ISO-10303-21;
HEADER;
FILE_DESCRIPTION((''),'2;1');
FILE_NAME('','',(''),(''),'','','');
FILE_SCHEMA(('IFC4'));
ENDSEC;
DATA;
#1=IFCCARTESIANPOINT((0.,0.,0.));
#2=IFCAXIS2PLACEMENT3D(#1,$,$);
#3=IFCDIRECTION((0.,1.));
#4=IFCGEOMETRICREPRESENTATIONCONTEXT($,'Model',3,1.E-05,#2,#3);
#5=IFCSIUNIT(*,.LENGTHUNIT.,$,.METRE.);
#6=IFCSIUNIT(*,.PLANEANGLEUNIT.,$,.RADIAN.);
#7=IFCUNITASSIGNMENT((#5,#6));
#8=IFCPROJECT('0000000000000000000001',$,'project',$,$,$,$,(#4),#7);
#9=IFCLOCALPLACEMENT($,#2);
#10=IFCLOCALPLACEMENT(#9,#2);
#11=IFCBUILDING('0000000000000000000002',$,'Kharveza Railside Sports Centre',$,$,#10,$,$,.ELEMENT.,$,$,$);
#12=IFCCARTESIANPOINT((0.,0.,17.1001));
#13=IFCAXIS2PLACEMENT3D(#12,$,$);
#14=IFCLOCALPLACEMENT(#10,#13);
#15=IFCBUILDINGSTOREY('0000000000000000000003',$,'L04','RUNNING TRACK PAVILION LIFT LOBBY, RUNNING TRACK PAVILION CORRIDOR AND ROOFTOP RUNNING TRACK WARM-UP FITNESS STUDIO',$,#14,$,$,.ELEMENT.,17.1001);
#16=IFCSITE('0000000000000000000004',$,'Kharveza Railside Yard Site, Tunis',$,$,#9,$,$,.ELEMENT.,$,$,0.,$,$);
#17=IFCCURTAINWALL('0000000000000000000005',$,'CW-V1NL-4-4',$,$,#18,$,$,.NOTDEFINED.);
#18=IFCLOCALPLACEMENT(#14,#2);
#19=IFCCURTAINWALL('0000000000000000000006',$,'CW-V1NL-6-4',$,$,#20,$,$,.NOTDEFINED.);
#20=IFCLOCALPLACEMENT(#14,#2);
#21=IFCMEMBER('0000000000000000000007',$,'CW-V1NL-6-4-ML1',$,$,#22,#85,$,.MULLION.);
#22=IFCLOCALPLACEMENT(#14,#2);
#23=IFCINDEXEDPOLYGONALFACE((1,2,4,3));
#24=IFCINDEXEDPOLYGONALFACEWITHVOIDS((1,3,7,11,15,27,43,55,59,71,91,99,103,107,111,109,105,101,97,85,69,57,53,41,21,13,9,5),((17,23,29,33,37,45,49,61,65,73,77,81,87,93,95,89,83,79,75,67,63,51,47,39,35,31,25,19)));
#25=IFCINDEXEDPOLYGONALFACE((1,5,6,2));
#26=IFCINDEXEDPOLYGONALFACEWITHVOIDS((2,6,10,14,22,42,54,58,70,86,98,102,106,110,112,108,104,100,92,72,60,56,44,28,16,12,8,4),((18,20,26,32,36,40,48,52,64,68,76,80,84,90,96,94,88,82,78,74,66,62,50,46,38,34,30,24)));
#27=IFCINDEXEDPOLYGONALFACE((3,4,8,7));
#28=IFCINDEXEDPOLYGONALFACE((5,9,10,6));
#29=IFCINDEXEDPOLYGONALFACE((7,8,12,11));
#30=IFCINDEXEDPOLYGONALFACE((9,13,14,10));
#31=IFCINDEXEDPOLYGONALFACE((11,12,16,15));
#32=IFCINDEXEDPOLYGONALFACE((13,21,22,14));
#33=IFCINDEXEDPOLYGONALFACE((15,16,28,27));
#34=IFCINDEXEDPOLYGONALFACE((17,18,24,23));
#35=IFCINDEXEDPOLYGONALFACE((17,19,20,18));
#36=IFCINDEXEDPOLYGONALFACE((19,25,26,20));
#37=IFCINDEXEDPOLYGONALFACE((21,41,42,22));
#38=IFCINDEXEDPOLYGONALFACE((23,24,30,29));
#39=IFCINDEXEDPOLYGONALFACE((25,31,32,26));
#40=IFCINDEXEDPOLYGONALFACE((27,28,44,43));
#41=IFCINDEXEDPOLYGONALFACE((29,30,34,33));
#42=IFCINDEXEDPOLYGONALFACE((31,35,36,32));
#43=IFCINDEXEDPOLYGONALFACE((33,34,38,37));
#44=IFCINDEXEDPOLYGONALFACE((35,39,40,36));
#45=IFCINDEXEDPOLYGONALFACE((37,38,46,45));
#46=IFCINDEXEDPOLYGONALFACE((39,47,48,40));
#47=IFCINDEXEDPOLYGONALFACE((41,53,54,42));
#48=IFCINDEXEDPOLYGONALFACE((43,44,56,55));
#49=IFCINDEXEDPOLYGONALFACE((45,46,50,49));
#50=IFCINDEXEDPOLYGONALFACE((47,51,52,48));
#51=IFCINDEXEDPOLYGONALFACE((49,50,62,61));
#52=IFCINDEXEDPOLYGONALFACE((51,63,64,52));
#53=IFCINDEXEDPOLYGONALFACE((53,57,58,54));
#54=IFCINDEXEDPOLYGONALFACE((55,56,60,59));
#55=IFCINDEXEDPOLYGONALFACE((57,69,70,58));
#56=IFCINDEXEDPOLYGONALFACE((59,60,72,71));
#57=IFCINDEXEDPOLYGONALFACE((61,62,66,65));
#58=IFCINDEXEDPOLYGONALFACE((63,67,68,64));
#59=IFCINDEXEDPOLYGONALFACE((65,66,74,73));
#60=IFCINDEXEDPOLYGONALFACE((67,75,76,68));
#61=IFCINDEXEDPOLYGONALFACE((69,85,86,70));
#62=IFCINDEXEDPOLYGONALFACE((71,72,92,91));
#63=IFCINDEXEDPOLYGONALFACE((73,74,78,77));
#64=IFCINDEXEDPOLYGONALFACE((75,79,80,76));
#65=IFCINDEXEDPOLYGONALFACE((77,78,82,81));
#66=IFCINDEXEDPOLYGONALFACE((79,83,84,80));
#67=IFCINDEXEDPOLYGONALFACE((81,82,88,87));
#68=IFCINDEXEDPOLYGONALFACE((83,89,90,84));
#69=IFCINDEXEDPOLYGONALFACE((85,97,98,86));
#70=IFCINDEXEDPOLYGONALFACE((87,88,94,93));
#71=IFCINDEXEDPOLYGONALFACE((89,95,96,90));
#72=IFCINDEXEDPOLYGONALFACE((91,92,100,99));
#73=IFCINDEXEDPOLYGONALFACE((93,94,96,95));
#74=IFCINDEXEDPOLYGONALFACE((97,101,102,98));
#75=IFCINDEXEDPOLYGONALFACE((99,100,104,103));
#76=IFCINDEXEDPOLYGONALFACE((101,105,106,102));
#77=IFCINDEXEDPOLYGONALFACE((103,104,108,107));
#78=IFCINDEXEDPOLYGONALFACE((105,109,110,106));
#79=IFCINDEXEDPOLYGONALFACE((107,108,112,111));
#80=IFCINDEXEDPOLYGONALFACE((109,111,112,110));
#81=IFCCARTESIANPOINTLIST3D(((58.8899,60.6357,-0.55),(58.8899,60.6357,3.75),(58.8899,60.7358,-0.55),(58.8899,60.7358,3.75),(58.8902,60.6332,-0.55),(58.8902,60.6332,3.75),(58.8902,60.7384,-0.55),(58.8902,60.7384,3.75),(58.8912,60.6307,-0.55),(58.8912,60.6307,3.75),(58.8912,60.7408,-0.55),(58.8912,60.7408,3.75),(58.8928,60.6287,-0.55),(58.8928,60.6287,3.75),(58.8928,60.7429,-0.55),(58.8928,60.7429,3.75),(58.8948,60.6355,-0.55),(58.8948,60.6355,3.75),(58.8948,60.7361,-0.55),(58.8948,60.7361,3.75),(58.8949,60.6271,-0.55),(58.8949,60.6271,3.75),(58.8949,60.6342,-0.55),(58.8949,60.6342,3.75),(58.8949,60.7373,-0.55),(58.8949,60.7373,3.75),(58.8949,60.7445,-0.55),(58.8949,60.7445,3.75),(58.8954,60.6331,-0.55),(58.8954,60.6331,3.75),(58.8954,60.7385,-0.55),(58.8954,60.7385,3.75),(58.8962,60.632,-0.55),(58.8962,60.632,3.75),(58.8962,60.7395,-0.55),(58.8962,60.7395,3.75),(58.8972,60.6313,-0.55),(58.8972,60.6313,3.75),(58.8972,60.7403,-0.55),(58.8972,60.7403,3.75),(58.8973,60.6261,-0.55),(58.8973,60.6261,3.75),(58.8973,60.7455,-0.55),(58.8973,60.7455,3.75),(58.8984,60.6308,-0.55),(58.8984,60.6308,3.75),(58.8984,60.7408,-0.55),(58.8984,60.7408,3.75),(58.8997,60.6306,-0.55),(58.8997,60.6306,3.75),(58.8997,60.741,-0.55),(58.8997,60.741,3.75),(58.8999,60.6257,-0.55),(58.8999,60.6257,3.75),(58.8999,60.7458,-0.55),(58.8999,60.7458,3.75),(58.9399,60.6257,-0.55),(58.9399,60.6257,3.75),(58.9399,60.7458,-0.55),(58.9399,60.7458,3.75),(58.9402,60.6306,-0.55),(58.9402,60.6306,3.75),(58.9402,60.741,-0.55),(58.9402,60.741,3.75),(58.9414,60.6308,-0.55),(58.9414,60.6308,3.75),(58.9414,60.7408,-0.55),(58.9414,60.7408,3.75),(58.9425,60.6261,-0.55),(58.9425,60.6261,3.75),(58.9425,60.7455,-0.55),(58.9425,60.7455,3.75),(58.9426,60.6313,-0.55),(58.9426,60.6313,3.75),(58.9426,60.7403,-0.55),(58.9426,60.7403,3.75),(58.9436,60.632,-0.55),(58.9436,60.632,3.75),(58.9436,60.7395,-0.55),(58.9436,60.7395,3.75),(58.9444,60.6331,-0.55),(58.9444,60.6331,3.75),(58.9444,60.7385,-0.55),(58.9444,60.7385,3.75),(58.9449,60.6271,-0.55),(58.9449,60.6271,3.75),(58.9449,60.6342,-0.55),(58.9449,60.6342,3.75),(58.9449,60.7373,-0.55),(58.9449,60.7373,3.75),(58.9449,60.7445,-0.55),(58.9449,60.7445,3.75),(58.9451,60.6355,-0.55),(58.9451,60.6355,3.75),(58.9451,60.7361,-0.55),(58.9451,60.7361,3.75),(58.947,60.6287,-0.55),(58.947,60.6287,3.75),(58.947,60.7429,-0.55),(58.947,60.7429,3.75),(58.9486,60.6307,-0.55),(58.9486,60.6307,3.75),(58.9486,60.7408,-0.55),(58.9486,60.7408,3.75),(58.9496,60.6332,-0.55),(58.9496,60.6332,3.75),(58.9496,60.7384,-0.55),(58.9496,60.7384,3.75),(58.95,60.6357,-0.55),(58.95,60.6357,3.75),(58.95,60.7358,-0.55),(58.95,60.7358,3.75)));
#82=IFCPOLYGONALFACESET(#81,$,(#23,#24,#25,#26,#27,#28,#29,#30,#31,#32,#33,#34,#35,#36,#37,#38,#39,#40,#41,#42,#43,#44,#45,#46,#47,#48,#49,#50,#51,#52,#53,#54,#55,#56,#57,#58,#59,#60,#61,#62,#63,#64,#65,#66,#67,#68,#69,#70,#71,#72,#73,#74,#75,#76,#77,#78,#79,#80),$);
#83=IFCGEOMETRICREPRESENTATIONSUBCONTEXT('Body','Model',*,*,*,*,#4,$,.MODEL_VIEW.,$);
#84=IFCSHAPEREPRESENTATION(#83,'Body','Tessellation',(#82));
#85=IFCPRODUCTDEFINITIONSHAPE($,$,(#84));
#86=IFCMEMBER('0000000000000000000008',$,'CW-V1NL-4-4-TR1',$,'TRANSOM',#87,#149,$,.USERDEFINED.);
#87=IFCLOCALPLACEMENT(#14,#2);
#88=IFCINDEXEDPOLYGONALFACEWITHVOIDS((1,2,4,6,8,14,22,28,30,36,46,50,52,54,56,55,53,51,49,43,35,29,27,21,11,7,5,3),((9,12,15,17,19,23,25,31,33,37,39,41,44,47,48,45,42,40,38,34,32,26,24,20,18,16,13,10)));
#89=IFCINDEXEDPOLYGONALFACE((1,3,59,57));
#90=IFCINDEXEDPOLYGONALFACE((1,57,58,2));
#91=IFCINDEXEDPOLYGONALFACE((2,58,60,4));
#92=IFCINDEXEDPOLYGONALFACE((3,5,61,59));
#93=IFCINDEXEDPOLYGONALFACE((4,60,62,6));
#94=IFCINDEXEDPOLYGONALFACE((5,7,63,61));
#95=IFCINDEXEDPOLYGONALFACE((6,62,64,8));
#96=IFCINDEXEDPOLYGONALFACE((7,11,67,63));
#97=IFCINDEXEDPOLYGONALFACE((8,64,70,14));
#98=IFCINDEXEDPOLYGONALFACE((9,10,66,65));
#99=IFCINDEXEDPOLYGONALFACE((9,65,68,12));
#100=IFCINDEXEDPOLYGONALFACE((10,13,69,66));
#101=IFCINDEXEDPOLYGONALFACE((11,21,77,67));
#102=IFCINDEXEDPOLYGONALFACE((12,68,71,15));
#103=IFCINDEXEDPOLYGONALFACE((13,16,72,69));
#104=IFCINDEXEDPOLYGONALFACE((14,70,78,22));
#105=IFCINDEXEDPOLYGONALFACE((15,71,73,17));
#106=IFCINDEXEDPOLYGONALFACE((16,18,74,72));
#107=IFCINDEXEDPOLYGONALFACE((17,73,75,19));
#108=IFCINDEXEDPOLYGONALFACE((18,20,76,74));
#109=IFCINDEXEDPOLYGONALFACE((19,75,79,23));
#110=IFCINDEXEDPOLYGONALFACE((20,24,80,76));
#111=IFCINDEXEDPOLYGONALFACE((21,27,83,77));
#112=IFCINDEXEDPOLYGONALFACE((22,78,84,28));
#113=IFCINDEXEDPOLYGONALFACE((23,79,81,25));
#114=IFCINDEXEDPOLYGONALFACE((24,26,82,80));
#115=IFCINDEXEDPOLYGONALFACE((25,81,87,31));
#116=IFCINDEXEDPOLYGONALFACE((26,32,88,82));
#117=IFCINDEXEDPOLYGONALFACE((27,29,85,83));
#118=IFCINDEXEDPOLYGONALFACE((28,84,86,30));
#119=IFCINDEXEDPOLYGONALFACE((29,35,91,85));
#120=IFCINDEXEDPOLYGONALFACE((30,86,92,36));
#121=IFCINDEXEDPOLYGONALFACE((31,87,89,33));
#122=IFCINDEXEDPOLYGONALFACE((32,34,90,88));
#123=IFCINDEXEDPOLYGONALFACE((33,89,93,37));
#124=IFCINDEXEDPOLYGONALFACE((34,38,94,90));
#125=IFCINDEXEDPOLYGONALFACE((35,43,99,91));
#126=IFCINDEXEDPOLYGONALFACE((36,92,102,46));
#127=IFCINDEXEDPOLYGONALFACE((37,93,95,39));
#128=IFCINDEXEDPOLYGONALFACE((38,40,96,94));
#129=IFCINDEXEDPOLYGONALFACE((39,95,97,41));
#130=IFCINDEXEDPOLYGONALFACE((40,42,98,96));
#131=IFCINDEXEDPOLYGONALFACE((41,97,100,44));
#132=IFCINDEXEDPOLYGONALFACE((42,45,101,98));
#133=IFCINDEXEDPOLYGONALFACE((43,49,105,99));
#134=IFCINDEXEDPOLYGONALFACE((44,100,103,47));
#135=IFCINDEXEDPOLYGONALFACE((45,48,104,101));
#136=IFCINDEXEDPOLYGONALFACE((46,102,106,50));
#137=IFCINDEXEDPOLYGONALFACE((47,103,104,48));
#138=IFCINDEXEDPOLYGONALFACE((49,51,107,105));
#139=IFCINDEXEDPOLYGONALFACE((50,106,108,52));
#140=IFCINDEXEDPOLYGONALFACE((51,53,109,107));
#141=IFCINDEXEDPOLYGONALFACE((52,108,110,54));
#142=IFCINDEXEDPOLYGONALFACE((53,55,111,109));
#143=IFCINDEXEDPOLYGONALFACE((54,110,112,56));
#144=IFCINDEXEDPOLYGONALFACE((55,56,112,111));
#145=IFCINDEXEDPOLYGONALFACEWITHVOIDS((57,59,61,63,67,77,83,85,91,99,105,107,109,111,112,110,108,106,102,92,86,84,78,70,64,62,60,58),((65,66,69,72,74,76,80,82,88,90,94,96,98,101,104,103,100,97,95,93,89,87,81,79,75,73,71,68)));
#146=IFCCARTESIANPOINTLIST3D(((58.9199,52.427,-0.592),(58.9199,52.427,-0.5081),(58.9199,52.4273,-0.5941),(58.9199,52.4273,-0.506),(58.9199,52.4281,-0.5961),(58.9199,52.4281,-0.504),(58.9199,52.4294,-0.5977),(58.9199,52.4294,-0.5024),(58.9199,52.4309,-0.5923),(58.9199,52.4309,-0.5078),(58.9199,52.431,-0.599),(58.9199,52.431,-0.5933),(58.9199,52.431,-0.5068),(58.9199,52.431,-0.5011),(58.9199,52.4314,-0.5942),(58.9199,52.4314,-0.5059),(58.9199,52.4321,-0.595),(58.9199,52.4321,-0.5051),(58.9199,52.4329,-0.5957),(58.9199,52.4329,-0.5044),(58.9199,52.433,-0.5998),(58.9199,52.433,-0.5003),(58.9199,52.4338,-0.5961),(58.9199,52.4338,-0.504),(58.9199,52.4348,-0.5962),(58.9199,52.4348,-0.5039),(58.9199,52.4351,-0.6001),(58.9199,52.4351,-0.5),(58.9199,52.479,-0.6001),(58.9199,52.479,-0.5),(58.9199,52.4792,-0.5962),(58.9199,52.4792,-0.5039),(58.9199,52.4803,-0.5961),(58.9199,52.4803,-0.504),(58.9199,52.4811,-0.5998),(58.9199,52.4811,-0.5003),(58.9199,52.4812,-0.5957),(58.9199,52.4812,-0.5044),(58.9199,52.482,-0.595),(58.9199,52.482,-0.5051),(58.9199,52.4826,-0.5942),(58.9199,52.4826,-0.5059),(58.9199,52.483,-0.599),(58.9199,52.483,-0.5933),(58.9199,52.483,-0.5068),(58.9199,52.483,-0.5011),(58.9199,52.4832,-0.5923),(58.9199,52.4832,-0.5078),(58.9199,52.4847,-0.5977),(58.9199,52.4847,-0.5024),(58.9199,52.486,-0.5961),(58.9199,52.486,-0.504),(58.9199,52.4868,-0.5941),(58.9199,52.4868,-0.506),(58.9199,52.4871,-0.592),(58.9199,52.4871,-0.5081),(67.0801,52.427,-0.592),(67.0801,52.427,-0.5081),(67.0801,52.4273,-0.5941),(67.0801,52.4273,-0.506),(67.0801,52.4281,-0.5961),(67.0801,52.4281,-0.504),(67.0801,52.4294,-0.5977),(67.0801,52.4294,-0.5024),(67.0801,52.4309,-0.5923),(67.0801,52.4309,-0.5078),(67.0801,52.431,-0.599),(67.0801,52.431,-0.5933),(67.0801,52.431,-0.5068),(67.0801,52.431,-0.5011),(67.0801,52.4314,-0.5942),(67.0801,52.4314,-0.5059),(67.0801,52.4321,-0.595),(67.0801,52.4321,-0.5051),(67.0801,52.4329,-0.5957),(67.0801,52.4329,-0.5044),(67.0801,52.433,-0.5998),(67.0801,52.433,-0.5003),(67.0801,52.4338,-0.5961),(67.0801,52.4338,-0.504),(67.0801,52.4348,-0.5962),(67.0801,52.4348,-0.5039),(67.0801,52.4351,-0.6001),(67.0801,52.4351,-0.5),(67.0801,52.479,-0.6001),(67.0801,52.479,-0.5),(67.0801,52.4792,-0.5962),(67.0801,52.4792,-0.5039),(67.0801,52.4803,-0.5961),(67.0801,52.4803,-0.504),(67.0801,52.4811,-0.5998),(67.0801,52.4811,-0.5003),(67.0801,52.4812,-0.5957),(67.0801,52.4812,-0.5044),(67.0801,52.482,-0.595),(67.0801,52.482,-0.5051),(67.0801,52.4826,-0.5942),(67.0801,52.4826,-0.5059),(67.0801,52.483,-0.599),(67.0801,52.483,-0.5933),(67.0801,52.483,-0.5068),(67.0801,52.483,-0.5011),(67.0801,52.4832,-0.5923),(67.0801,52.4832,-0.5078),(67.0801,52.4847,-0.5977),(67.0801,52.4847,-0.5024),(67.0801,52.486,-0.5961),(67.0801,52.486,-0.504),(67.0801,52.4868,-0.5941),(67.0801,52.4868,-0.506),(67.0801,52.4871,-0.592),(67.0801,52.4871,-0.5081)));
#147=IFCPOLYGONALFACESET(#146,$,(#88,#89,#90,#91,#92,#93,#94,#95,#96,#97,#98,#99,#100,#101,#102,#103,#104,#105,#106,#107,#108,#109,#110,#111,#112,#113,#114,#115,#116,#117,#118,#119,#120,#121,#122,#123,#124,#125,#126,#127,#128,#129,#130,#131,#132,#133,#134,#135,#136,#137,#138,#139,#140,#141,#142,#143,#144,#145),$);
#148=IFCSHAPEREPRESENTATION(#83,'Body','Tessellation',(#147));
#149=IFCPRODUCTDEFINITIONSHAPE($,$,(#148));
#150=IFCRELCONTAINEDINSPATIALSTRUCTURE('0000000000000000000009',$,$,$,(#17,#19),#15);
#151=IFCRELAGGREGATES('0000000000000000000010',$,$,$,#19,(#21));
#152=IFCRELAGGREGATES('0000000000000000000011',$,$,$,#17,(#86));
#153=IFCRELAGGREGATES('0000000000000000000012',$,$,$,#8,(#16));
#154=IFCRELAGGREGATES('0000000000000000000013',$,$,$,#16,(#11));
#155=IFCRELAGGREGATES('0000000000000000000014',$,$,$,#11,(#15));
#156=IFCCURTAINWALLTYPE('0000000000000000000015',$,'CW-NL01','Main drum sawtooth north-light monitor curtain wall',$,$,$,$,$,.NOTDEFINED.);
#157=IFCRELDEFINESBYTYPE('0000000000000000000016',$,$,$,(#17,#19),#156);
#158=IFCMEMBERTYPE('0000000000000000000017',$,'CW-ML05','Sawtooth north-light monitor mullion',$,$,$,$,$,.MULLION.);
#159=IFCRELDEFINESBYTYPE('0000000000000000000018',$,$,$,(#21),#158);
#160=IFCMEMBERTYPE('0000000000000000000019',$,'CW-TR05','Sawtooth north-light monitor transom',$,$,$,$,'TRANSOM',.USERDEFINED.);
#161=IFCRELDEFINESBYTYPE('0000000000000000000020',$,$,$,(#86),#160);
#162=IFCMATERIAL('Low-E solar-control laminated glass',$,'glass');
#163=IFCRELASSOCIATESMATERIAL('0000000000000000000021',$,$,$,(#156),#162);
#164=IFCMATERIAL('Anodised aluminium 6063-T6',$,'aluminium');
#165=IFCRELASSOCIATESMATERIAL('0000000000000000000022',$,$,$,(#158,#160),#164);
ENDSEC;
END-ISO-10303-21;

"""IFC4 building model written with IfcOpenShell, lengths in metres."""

from ifc_helpers import new_model, si_unit, direction, frame, origin, origin_2d, place, context, subcontext, project, spatial, hollow_rectangle, extrude, material, material_profile, profile_set, type_object, element, aggregate, save


model = new_model("IFC4")

# Units and contexts
model_context = context("Model", 3, precision=1e-05, world=origin(), true_north=direction((0.0, 1.0)))
body_context = subcontext(model_context, "Body", "Model", "MODEL_VIEW")
ifc_project = project(units=[si_unit("LENGTHUNIT", "METRE"), si_unit("PLANEANGLEUNIT", "RADIAN")], contexts=[model_context])

# Site, building, storey
site_placement = place(None, origin())
site = spatial("IfcSite", under=ifc_project, at=site_placement, Name="Kharveza Railside Yard Site, Tunis", CompositionType="ELEMENT", RefElevation=0.0)
building_placement = place(site_placement, origin())
building = spatial("IfcBuilding", under=site, at=building_placement, Name="Kharveza Railside Sports Centre", CompositionType="ELEMENT")
storey_placement = place(building_placement, frame((0.0, 0.0, 17.1001)))
storey = spatial("IfcBuildingStorey", under=building, at=storey_placement, Name="L04", Description="RUNNING TRACK PAVILION LIFT LOBBY, RUNNING TRACK PAVILION CORRIDOR AND ROOFTOP RUNNING TRACK WARM-UP FITNESS STUDIO", CompositionType="ELEMENT", Elevation=17.1001)

# Curtain wall
ifc_material_1 = material(Name="Low-E solar-control laminated glass", Category="glass")
curtain_wall_type = type_object("IfcCurtainWallType", Name="CW-NL01", Description="Main drum sawtooth north-light monitor curtain wall", PredefinedType="NOTDEFINED", material=ifc_material_1)
curtain_wall_1_placement = place(storey_placement, origin())
curtain_wall_1 = element("IfcCurtainWall", 1, at=curtain_wall_1_placement, inside=storey, type_object=curtain_wall_type, Name="CW-V1NL-4-4", PredefinedType="NOTDEFINED")
ifc_material_2 = material(Name="Anodised aluminium 6063-T6", Category="aluminium")
ifc_material_profile_1 = material_profile(ifc_material_2, hollow_rectangle(XDim=0.0601, YDim=0.1201, WallThickness=0.0049, InnerFilletRadius=0.0049, OuterFilletRadius=0.01, at=origin_2d()), Name="RHS 60x120x5.0")
ifc_profile_set_1 = profile_set([ifc_material_profile_1], Name="Anodised aluminium 6063-T6")
member_type_1 = type_object("IfcMemberType", Name="CW-ML05", Description="Sawtooth north-light monitor mullion", PredefinedType="MULLION", material=ifc_profile_set_1)

# Curtain wall, member
curtain_wall_2_placement = place(storey_placement, origin())
curtain_wall_2 = element("IfcCurtainWall", 2, at=curtain_wall_2_placement, inside=storey, type_object=curtain_wall_type, Name="CW-V1NL-6-4", PredefinedType="NOTDEFINED")
member_1_placement = place(storey_placement, frame((58.9199, 60.6858, -0.55), z_axis=(0.0, 0.0, 1.0), x_axis=(1.0, 0.0, 0.0)))
member_1 = element("IfcMember", 3, at=member_1_placement, type_object=member_type_1, Name="CW-V1NL-6-4-ML1", PredefinedType="MULLION", context=body_context, shape_type="SweptSolid", body=[
    extrude(hollow_rectangle(XDim=0.0601, YDim=0.1201, WallThickness=0.0049, InnerFilletRadius=0.0049, OuterFilletRadius=0.01, at=origin_2d()), origin(), (0.0, 0.0, 1.0), 4.3),
])
aggregate(curtain_wall_2, [member_1])

# Member
ifc_material_profile_2 = material_profile(ifc_material_2, hollow_rectangle(XDim=0.0601, YDim=0.1001, WallThickness=0.0039, InnerFilletRadius=0.0039, OuterFilletRadius=0.0081, at=origin_2d()), Name="RHS 60x100x4.0")
ifc_profile_set_2 = profile_set([ifc_material_profile_2], Name="Anodised aluminium 6063-T6")
member_type_2 = type_object("IfcMemberType", Name="CW-TR05", Description="Sawtooth north-light monitor transom", ElementType="TRANSOM", PredefinedType="USERDEFINED", material=ifc_profile_set_2)
member_2_placement = place(storey_placement, frame((58.9199, 52.457, -0.55), z_axis=(1.0, 0.0, 0.0), x_axis=(0.0, 1.0, 0.0)))
member_2 = element("IfcMember", 4, at=member_2_placement, type_object=member_type_2, Name="CW-V1NL-4-4-TR1", ObjectType="TRANSOM", PredefinedType="USERDEFINED", context=body_context, shape_type="SweptSolid", body=[
    extrude(hollow_rectangle(XDim=0.0601, YDim=0.1001, WallThickness=0.0039, InnerFilletRadius=0.0039, OuterFilletRadius=0.0081, at=origin_2d()), origin(), (0.0, 0.0, 1.0), 8.1602),
])

aggregate(curtain_wall_1, [member_2])

save(model, "model.ifc")
